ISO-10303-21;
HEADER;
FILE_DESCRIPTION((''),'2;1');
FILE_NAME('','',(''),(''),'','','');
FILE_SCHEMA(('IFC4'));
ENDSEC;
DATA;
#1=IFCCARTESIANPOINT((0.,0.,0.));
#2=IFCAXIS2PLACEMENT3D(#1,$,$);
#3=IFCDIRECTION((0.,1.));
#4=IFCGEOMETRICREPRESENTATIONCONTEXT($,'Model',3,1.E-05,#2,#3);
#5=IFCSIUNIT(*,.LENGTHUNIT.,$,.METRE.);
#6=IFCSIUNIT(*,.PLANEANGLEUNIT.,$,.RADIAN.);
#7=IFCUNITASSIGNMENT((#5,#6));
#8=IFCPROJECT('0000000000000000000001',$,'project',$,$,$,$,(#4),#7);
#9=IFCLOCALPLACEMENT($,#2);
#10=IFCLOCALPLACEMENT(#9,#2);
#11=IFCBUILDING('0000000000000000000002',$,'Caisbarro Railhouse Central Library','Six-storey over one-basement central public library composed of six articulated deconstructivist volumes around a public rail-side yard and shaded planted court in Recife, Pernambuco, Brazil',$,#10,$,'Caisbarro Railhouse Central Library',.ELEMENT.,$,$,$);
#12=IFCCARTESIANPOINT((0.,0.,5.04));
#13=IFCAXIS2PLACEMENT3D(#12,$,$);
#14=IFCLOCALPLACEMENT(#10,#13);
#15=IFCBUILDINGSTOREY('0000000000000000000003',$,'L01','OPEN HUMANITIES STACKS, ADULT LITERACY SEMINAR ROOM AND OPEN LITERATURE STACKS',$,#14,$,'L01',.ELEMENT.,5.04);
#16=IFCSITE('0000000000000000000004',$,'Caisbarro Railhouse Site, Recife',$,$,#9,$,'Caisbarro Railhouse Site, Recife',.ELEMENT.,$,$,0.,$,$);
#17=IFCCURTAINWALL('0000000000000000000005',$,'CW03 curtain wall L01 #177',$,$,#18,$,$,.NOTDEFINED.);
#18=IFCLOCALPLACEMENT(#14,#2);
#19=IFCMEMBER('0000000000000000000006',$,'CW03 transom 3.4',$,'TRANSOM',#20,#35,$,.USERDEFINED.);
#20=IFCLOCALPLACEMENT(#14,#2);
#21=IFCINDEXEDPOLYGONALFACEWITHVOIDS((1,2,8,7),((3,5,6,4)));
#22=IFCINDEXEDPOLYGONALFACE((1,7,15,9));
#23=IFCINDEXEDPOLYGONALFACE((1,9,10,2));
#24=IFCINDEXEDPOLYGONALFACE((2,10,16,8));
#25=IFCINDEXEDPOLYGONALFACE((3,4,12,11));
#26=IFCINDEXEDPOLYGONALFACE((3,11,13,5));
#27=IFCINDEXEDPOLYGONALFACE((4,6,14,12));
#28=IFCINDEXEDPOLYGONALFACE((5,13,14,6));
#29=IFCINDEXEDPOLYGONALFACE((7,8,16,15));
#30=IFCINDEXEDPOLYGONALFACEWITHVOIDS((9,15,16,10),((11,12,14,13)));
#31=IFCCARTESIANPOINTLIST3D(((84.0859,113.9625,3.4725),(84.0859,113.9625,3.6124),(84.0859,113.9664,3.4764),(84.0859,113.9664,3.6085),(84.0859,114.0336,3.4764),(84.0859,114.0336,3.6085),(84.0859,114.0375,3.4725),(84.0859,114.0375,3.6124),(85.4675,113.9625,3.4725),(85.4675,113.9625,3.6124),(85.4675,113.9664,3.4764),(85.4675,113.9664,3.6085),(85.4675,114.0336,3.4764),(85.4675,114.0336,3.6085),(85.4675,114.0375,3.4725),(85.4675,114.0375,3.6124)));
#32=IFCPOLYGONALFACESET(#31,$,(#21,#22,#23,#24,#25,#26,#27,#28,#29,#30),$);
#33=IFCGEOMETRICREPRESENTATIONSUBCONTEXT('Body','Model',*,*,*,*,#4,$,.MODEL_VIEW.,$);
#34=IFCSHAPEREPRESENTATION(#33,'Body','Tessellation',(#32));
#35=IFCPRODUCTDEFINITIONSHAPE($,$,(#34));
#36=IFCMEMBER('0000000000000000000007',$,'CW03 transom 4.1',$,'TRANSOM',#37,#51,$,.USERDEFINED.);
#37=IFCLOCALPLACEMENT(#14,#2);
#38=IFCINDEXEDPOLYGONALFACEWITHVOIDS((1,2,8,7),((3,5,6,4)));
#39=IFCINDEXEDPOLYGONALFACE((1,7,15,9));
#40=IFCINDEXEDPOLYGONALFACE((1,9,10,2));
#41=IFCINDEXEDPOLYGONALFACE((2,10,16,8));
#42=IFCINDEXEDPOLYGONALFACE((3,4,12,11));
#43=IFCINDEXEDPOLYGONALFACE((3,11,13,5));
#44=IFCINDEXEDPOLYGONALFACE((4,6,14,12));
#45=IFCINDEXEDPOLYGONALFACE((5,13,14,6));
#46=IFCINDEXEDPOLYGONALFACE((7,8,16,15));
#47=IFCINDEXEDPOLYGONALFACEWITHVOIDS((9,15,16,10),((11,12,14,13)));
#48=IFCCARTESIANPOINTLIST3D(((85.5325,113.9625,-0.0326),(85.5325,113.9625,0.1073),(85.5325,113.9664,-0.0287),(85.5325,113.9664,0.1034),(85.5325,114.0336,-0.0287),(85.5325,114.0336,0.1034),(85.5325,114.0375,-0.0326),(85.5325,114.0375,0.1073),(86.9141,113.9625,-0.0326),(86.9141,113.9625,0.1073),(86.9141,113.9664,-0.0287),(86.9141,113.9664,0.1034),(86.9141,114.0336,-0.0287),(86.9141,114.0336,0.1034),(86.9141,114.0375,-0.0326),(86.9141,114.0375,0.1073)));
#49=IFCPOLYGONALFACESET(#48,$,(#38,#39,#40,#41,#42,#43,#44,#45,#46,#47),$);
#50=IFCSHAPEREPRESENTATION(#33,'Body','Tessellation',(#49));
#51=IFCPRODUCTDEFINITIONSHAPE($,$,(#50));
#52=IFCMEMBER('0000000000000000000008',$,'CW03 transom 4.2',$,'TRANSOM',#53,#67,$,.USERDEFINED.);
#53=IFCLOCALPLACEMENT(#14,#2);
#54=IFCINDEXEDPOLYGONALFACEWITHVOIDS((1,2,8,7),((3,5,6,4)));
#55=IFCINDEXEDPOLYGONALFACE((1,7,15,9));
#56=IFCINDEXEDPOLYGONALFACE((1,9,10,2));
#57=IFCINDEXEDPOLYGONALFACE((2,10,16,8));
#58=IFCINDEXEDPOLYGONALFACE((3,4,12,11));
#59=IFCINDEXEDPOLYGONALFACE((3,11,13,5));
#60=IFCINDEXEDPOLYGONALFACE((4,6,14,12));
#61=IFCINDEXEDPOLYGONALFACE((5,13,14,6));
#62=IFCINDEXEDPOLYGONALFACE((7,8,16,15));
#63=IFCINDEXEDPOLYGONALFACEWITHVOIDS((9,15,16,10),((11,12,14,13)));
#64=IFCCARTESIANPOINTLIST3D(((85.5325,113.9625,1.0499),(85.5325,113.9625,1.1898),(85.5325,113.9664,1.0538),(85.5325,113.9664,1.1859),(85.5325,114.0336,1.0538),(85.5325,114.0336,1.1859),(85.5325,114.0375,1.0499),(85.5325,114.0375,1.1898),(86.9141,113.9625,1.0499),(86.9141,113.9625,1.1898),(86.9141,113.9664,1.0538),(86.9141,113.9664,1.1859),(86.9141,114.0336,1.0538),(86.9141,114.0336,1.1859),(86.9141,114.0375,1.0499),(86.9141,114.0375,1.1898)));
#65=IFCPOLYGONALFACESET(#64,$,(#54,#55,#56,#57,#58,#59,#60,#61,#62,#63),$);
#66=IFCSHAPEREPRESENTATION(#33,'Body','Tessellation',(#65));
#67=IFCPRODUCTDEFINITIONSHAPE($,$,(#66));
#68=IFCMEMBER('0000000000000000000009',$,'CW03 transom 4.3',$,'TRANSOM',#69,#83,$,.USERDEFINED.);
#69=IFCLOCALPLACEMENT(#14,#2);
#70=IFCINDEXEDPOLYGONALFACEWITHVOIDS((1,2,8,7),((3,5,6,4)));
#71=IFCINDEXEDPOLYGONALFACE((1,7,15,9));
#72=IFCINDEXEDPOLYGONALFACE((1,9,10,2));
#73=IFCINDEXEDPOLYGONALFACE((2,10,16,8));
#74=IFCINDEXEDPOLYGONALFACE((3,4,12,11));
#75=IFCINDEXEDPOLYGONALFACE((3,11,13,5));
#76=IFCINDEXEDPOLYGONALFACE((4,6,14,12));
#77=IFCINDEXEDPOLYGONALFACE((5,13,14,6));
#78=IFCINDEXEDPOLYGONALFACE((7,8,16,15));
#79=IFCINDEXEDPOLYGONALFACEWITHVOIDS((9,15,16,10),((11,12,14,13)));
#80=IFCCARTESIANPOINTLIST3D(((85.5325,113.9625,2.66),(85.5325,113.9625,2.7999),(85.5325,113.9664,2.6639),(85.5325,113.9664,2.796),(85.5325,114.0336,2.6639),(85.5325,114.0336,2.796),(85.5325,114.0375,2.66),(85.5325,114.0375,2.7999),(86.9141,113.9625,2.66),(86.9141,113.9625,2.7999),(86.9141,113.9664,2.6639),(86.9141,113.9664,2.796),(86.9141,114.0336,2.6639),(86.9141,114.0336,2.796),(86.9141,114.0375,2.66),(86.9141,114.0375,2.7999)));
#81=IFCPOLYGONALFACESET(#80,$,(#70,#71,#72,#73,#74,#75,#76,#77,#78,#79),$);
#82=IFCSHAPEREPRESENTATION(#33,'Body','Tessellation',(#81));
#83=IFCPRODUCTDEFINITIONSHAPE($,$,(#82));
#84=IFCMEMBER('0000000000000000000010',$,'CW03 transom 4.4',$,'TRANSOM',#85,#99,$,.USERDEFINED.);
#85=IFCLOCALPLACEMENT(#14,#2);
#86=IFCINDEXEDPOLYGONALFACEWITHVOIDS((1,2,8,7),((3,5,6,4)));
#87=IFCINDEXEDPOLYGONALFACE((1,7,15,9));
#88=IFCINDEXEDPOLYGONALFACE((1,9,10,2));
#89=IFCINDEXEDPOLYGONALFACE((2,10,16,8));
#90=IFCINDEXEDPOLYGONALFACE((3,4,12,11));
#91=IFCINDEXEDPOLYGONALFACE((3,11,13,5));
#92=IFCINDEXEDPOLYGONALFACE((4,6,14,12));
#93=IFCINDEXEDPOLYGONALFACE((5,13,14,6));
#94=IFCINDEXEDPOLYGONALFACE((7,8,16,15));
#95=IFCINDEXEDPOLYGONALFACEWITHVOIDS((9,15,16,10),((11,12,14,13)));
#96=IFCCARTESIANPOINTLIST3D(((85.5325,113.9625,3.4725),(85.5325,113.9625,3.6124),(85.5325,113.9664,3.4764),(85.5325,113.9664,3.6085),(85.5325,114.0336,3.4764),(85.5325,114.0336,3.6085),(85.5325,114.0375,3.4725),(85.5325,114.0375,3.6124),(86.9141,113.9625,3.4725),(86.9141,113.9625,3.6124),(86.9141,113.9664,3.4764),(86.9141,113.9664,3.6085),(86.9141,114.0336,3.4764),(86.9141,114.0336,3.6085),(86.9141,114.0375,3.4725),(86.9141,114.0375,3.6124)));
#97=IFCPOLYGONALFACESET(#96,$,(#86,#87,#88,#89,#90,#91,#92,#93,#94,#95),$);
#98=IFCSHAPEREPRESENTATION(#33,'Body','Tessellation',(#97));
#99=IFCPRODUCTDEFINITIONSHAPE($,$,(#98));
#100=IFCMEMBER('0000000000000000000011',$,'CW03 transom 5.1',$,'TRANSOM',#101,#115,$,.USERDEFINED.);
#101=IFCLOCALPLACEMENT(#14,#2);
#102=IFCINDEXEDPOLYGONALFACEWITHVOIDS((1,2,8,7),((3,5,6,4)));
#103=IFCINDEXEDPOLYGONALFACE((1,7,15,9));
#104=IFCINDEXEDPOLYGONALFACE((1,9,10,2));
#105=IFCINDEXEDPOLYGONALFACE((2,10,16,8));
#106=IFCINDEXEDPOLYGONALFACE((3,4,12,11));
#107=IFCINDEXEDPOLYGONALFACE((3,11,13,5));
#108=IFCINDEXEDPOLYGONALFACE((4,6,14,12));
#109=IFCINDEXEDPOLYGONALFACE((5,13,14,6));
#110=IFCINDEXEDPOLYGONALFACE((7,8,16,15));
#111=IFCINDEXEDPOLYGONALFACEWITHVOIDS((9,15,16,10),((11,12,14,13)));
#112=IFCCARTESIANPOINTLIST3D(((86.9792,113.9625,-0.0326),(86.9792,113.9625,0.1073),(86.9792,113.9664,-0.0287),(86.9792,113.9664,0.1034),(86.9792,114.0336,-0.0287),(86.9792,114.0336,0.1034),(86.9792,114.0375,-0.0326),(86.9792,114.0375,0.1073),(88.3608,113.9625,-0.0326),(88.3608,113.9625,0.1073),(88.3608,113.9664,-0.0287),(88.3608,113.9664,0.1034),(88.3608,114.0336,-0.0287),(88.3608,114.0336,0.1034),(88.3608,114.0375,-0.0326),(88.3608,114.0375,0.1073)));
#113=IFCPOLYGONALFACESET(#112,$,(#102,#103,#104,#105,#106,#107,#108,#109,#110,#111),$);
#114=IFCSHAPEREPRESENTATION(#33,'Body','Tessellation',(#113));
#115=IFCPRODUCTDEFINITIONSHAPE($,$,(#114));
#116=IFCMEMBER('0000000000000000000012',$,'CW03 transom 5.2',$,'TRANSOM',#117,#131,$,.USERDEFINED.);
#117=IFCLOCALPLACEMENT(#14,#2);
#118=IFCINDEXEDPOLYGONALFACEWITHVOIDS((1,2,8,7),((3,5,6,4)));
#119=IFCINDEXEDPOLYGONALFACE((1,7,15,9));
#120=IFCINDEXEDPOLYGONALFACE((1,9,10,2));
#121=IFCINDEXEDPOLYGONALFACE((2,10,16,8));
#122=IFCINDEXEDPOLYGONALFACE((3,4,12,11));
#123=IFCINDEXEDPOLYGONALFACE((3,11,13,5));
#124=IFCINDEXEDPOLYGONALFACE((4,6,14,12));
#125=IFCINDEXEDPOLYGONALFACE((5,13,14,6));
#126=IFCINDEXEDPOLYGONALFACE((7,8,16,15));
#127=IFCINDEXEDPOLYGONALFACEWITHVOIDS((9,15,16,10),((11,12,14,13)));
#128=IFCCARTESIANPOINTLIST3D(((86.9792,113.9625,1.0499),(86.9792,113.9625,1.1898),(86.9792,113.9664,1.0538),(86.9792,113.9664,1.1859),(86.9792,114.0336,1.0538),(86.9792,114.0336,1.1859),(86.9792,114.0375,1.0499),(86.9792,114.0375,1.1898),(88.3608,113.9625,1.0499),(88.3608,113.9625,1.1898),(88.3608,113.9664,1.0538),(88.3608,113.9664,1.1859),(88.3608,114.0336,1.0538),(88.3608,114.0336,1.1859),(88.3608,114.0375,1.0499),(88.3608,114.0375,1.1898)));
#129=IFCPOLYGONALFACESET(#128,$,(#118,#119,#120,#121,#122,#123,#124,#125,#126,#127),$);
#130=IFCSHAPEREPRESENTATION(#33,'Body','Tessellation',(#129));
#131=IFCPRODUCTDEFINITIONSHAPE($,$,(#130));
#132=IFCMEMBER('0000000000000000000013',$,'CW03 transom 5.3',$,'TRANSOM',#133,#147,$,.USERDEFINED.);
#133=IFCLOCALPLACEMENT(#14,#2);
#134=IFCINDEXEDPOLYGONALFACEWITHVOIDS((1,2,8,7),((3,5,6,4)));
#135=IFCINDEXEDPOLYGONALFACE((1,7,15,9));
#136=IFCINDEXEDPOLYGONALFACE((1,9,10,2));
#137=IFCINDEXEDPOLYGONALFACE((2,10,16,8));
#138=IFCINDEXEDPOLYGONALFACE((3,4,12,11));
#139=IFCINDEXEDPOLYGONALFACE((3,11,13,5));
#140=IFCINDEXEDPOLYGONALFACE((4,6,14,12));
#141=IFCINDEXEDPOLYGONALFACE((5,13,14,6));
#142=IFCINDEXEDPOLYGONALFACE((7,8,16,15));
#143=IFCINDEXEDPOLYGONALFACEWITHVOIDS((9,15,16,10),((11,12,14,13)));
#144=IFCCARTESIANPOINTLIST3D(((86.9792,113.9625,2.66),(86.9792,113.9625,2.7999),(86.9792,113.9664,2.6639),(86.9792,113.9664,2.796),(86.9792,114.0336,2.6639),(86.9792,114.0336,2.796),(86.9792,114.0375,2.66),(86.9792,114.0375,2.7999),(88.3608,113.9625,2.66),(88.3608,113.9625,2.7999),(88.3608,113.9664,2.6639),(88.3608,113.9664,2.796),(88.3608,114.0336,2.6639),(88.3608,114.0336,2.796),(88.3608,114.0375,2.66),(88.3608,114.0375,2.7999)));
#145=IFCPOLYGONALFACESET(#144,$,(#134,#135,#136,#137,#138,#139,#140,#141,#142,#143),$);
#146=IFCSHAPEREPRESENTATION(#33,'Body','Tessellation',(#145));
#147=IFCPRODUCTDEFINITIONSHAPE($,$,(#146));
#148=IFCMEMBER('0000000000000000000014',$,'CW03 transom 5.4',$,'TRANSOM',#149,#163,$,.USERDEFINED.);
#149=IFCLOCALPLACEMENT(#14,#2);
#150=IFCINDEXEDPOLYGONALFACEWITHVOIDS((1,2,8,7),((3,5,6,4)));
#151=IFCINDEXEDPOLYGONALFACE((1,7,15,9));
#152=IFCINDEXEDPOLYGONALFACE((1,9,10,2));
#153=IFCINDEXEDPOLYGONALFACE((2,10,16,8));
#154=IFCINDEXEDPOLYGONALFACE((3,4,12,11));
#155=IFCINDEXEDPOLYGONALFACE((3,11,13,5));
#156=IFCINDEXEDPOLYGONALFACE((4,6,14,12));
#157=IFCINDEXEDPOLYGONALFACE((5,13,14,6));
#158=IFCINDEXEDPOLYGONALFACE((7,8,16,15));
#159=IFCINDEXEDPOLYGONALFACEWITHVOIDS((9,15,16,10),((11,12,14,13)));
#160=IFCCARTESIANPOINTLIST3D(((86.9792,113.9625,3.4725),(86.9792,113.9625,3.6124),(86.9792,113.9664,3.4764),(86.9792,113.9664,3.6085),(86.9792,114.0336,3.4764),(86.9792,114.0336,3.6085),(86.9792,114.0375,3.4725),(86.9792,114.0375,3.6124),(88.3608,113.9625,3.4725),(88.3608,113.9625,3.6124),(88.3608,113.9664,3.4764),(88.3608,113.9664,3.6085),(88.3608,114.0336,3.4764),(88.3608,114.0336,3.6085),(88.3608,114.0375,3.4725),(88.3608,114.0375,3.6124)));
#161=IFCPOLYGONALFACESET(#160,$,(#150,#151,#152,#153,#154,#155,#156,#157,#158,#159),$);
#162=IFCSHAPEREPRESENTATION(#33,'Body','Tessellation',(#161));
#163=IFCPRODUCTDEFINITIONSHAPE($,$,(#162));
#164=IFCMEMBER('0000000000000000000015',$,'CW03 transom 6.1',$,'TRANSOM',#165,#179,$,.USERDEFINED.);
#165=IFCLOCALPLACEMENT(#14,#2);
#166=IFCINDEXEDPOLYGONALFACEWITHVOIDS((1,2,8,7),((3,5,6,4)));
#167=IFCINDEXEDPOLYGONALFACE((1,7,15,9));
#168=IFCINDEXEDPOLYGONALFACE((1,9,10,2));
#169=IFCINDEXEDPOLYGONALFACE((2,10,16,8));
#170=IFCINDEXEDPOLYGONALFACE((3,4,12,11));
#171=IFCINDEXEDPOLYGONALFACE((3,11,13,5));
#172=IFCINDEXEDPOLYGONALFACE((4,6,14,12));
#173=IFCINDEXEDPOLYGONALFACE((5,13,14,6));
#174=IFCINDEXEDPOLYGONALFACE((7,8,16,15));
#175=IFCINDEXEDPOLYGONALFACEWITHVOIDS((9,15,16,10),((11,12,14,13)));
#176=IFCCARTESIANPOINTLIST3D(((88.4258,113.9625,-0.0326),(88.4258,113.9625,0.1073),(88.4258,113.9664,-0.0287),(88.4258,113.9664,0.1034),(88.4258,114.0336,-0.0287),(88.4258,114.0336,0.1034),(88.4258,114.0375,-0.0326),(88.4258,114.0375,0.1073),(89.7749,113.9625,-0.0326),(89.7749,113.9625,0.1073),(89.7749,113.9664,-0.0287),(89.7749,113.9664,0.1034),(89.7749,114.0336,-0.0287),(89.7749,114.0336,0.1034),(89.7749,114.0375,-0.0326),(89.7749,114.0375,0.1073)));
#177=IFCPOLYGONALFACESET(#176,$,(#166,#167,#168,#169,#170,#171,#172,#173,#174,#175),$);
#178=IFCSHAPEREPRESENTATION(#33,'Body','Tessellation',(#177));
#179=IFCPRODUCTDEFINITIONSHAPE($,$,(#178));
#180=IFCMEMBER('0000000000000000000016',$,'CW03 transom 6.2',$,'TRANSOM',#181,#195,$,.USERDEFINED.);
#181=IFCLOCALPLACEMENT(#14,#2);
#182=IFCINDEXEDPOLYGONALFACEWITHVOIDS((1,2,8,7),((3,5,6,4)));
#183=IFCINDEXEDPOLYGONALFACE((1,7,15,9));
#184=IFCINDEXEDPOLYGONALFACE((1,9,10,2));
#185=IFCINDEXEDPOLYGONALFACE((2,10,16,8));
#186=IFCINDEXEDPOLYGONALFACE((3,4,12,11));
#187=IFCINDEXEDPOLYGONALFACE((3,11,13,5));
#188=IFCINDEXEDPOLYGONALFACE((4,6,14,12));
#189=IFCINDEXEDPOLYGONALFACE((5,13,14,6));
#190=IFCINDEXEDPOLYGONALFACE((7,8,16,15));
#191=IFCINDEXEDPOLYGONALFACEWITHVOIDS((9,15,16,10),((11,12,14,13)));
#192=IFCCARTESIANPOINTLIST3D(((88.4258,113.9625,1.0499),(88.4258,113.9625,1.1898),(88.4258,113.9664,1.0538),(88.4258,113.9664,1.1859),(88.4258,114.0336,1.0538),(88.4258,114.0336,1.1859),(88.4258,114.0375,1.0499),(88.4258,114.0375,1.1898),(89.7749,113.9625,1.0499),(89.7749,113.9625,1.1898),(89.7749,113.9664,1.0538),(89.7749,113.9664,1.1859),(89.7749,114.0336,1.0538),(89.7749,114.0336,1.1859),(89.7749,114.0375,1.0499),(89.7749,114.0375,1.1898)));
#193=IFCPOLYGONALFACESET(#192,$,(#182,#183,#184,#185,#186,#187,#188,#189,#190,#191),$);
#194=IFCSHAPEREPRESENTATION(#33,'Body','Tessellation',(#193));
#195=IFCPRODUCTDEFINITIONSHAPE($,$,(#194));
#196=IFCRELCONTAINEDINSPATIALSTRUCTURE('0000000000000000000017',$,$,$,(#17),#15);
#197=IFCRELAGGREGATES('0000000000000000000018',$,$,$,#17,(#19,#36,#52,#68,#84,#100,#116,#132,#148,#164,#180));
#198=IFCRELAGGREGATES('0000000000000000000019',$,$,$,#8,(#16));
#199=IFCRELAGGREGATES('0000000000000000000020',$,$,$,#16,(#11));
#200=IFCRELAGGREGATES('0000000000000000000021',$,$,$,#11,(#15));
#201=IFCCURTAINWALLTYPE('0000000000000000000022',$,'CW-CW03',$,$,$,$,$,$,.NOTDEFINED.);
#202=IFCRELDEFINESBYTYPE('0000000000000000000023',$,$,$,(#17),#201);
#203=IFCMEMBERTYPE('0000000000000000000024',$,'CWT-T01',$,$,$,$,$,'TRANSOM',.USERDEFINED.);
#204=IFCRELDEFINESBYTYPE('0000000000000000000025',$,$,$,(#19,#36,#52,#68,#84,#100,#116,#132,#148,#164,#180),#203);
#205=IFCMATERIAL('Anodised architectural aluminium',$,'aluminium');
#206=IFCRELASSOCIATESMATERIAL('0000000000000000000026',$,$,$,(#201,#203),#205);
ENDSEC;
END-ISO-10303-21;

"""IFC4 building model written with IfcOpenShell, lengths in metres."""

from ifc_helpers import new_model, si_unit, direction, frame, origin, origin_2d, place, context, subcontext, project, spatial, hollow_rectangle, extrude, material, material_profile, profile_set, type_object, element, aggregate, save


model = new_model("IFC4")

# Units and contexts
model_context = context("Model", 3, precision=1e-05, world=origin(), true_north=direction((0.0, 1.0)))
body_context = subcontext(model_context, "Body", "Model", "MODEL_VIEW")
ifc_project = project(units=[si_unit("LENGTHUNIT", "METRE"), si_unit("PLANEANGLEUNIT", "RADIAN")], contexts=[model_context])

# Site, building, storey
site_placement = place(None, origin())
site = spatial("IfcSite", under=ifc_project, at=site_placement, Name="Caisbarro Railhouse Site, Recife", LongName="Caisbarro Railhouse Site, Recife", CompositionType="ELEMENT", RefElevation=0.0)
building_placement = place(site_placement, origin())
building = spatial("IfcBuilding", under=site, at=building_placement, Name="Caisbarro Railhouse Central Library", Description="Six-storey over one-basement central public library composed of six articulated deconstructivist volumes around a public rail-side yard and shaded planted court in Recife, Pernambuco, Brazil", LongName="Caisbarro Railhouse Central Library", CompositionType="ELEMENT")
storey_placement = place(building_placement, frame((0.0, 0.0, 5.04)))
storey = spatial("IfcBuildingStorey", under=building, at=storey_placement, Name="L01", Description="OPEN HUMANITIES STACKS, ADULT LITERACY SEMINAR ROOM AND OPEN LITERATURE STACKS", LongName="L01", CompositionType="ELEMENT", Elevation=5.04)

# Curtain wall, members
ifc_material_1 = material(Name="Anodised architectural aluminium", Category="aluminium")
curtain_wall_type = type_object("IfcCurtainWallType", Name="CW-CW03", PredefinedType="NOTDEFINED", material=ifc_material_1)
curtain_wall_placement = place(storey_placement, origin())
curtain_wall = element("IfcCurtainWall", 1, at=curtain_wall_placement, inside=storey, type_object=curtain_wall_type, Name="CW03 curtain wall L01 #177", PredefinedType="NOTDEFINED")
ifc_material_profile_1 = material_profile(ifc_material_1, hollow_rectangle(XDim=0.075, YDim=0.1399, WallThickness=0.0039, at=origin_2d()), Name="ALU-TRN-75X140")
ifc_profile_set_1 = profile_set([ifc_material_profile_1], Name="Anodised architectural aluminium")
member_type_1 = type_object("IfcMemberType", Name="CWT-T01", ElementType="TRANSOM", PredefinedType="USERDEFINED", material=ifc_profile_set_1)
member_1_placement = place(storey_placement, frame((84.0859, 114.0, 3.5425), z_axis=(1.0, 0.0, 0.0), x_axis=(0.0, 1.0, 0.0)))
member_1 = element("IfcMember", 2, at=member_1_placement, type_object=member_type_1, Name="CW03 transom 3.4", ObjectType="TRANSOM", PredefinedType="USERDEFINED", context=body_context, shape_type="SweptSolid", body=[
    extrude(hollow_rectangle(XDim=0.075, YDim=0.1399, WallThickness=0.0039, at=origin_2d()), origin(), (0.0, 0.0, 1.0), 1.3816),
])
member_2_placement = place(storey_placement, frame((85.5325, 114.0, 0.0374), z_axis=(1.0, 0.0, 0.0), x_axis=(0.0, 1.0, 0.0)))
member_2 = element("IfcMember", 3, at=member_2_placement, type_object=member_type_1, Name="CW03 transom 4.1", ObjectType="TRANSOM", PredefinedType="USERDEFINED", context=body_context, shape_type="SweptSolid", body=[
    extrude(hollow_rectangle(XDim=0.075, YDim=0.1399, WallThickness=0.0039, at=origin_2d()), origin(), (0.0, 0.0, 1.0), 1.3816),
])
member_3_placement = place(storey_placement, frame((85.5325, 114.0, 1.1199), z_axis=(1.0, 0.0, 0.0), x_axis=(0.0, 1.0, 0.0)))
member_3 = element("IfcMember", 4, at=member_3_placement, type_object=member_type_1, Name="CW03 transom 4.2", ObjectType="TRANSOM", PredefinedType="USERDEFINED", context=body_context, shape_type="SweptSolid", body=[
    extrude(hollow_rectangle(XDim=0.075, YDim=0.1399, WallThickness=0.0039, at=origin_2d()), origin(), (0.0, 0.0, 1.0), 1.3816),
])
member_4_placement = place(storey_placement, frame((85.5325, 114.0, 2.73), z_axis=(1.0, 0.0, 0.0), x_axis=(0.0, 1.0, 0.0)))
member_4 = element("IfcMember", 5, at=member_4_placement, type_object=member_type_1, Name="CW03 transom 4.3", ObjectType="TRANSOM", PredefinedType="USERDEFINED", context=body_context, shape_type="SweptSolid", body=[
    extrude(hollow_rectangle(XDim=0.075, YDim=0.1399, WallThickness=0.0039, at=origin_2d()), origin(), (0.0, 0.0, 1.0), 1.3816),
])
member_5_placement = place(storey_placement, frame((85.5325, 114.0, 3.5425), z_axis=(1.0, 0.0, 0.0), x_axis=(0.0, 1.0, 0.0)))
member_5 = element("IfcMember", 6, at=member_5_placement, type_object=member_type_1, Name="CW03 transom 4.4", ObjectType="TRANSOM", PredefinedType="USERDEFINED", context=body_context, shape_type="SweptSolid", body=[
    extrude(hollow_rectangle(XDim=0.075, YDim=0.1399, WallThickness=0.0039, at=origin_2d()), origin(), (0.0, 0.0, 1.0), 1.3816),
])
member_6_placement = place(storey_placement, frame((86.9792, 114.0, 0.0374), z_axis=(1.0, 0.0, 0.0), x_axis=(0.0, 1.0, 0.0)))
member_6 = element("IfcMember", 7, at=member_6_placement, type_object=member_type_1, Name="CW03 transom 5.1", ObjectType="TRANSOM", PredefinedType="USERDEFINED", context=body_context, shape_type="SweptSolid", body=[
    extrude(hollow_rectangle(XDim=0.075, YDim=0.1399, WallThickness=0.0039, at=origin_2d()), origin(), (0.0, 0.0, 1.0), 1.3816),
])
member_7_placement = place(storey_placement, frame((86.9792, 114.0, 1.1199), z_axis=(1.0, 0.0, 0.0), x_axis=(0.0, 1.0, 0.0)))
member_7 = element("IfcMember", 8, at=member_7_placement, type_object=member_type_1, Name="CW03 transom 5.2", ObjectType="TRANSOM", PredefinedType="USERDEFINED", context=body_context, shape_type="SweptSolid", body=[
    extrude(hollow_rectangle(XDim=0.075, YDim=0.1399, WallThickness=0.0039, at=origin_2d()), origin(), (0.0, 0.0, 1.0), 1.3816),
])
member_8_placement = place(storey_placement, frame((86.9792, 114.0, 2.73), z_axis=(1.0, 0.0, 0.0), x_axis=(0.0, 1.0, 0.0)))
member_8 = element("IfcMember", 9, at=member_8_placement, type_object=member_type_1, Name="CW03 transom 5.3", ObjectType="TRANSOM", PredefinedType="USERDEFINED", context=body_context, shape_type="SweptSolid", body=[
    extrude(hollow_rectangle(XDim=0.075, YDim=0.1399, WallThickness=0.0039, at=origin_2d()), origin(), (0.0, 0.0, 1.0), 1.3816),
])
member_9_placement = place(storey_placement, frame((86.9792, 114.0, 3.5425), z_axis=(1.0, 0.0, 0.0), x_axis=(0.0, 1.0, 0.0)))
member_9 = element("IfcMember", 10, at=member_9_placement, type_object=member_type_1, Name="CW03 transom 5.4", ObjectType="TRANSOM", PredefinedType="USERDEFINED", context=body_context, shape_type="SweptSolid", body=[
    extrude(hollow_rectangle(XDim=0.075, YDim=0.1399, WallThickness=0.0039, at=origin_2d()), origin(), (0.0, 0.0, 1.0), 1.3816),
])
member_10_placement = place(storey_placement, frame((88.4258, 114.0, 0.0374), z_axis=(1.0, 0.0, 0.0), x_axis=(0.0, 1.0, 0.0)))
member_10 = element("IfcMember", 11, at=member_10_placement, type_object=member_type_1, Name="CW03 transom 6.1", ObjectType="TRANSOM", PredefinedType="USERDEFINED", context=body_context, shape_type="SweptSolid", body=[
    extrude(hollow_rectangle(XDim=0.075, YDim=0.1399, WallThickness=0.0039, at=origin_2d()), origin(), (0.0, 0.0, 1.0), 1.3491),
])
member_11_placement = place(storey_placement, frame((88.4258, 114.0, 1.1199), z_axis=(1.0, 0.0, 0.0), x_axis=(0.0, 1.0, 0.0)))
member_11 = element("IfcMember", 12, at=member_11_placement, type_object=member_type_1, Name="CW03 transom 6.2", ObjectType="TRANSOM", PredefinedType="USERDEFINED", context=body_context, shape_type="SweptSolid", body=[
    extrude(hollow_rectangle(XDim=0.075, YDim=0.1399, WallThickness=0.0039, at=origin_2d()), origin(), (0.0, 0.0, 1.0), 1.3491),
])
aggregate(curtain_wall, [member_1, member_2, member_3, member_4, member_5, member_6, member_7, member_8, member_9, member_10, member_11])

save(model, "model.ifc")
